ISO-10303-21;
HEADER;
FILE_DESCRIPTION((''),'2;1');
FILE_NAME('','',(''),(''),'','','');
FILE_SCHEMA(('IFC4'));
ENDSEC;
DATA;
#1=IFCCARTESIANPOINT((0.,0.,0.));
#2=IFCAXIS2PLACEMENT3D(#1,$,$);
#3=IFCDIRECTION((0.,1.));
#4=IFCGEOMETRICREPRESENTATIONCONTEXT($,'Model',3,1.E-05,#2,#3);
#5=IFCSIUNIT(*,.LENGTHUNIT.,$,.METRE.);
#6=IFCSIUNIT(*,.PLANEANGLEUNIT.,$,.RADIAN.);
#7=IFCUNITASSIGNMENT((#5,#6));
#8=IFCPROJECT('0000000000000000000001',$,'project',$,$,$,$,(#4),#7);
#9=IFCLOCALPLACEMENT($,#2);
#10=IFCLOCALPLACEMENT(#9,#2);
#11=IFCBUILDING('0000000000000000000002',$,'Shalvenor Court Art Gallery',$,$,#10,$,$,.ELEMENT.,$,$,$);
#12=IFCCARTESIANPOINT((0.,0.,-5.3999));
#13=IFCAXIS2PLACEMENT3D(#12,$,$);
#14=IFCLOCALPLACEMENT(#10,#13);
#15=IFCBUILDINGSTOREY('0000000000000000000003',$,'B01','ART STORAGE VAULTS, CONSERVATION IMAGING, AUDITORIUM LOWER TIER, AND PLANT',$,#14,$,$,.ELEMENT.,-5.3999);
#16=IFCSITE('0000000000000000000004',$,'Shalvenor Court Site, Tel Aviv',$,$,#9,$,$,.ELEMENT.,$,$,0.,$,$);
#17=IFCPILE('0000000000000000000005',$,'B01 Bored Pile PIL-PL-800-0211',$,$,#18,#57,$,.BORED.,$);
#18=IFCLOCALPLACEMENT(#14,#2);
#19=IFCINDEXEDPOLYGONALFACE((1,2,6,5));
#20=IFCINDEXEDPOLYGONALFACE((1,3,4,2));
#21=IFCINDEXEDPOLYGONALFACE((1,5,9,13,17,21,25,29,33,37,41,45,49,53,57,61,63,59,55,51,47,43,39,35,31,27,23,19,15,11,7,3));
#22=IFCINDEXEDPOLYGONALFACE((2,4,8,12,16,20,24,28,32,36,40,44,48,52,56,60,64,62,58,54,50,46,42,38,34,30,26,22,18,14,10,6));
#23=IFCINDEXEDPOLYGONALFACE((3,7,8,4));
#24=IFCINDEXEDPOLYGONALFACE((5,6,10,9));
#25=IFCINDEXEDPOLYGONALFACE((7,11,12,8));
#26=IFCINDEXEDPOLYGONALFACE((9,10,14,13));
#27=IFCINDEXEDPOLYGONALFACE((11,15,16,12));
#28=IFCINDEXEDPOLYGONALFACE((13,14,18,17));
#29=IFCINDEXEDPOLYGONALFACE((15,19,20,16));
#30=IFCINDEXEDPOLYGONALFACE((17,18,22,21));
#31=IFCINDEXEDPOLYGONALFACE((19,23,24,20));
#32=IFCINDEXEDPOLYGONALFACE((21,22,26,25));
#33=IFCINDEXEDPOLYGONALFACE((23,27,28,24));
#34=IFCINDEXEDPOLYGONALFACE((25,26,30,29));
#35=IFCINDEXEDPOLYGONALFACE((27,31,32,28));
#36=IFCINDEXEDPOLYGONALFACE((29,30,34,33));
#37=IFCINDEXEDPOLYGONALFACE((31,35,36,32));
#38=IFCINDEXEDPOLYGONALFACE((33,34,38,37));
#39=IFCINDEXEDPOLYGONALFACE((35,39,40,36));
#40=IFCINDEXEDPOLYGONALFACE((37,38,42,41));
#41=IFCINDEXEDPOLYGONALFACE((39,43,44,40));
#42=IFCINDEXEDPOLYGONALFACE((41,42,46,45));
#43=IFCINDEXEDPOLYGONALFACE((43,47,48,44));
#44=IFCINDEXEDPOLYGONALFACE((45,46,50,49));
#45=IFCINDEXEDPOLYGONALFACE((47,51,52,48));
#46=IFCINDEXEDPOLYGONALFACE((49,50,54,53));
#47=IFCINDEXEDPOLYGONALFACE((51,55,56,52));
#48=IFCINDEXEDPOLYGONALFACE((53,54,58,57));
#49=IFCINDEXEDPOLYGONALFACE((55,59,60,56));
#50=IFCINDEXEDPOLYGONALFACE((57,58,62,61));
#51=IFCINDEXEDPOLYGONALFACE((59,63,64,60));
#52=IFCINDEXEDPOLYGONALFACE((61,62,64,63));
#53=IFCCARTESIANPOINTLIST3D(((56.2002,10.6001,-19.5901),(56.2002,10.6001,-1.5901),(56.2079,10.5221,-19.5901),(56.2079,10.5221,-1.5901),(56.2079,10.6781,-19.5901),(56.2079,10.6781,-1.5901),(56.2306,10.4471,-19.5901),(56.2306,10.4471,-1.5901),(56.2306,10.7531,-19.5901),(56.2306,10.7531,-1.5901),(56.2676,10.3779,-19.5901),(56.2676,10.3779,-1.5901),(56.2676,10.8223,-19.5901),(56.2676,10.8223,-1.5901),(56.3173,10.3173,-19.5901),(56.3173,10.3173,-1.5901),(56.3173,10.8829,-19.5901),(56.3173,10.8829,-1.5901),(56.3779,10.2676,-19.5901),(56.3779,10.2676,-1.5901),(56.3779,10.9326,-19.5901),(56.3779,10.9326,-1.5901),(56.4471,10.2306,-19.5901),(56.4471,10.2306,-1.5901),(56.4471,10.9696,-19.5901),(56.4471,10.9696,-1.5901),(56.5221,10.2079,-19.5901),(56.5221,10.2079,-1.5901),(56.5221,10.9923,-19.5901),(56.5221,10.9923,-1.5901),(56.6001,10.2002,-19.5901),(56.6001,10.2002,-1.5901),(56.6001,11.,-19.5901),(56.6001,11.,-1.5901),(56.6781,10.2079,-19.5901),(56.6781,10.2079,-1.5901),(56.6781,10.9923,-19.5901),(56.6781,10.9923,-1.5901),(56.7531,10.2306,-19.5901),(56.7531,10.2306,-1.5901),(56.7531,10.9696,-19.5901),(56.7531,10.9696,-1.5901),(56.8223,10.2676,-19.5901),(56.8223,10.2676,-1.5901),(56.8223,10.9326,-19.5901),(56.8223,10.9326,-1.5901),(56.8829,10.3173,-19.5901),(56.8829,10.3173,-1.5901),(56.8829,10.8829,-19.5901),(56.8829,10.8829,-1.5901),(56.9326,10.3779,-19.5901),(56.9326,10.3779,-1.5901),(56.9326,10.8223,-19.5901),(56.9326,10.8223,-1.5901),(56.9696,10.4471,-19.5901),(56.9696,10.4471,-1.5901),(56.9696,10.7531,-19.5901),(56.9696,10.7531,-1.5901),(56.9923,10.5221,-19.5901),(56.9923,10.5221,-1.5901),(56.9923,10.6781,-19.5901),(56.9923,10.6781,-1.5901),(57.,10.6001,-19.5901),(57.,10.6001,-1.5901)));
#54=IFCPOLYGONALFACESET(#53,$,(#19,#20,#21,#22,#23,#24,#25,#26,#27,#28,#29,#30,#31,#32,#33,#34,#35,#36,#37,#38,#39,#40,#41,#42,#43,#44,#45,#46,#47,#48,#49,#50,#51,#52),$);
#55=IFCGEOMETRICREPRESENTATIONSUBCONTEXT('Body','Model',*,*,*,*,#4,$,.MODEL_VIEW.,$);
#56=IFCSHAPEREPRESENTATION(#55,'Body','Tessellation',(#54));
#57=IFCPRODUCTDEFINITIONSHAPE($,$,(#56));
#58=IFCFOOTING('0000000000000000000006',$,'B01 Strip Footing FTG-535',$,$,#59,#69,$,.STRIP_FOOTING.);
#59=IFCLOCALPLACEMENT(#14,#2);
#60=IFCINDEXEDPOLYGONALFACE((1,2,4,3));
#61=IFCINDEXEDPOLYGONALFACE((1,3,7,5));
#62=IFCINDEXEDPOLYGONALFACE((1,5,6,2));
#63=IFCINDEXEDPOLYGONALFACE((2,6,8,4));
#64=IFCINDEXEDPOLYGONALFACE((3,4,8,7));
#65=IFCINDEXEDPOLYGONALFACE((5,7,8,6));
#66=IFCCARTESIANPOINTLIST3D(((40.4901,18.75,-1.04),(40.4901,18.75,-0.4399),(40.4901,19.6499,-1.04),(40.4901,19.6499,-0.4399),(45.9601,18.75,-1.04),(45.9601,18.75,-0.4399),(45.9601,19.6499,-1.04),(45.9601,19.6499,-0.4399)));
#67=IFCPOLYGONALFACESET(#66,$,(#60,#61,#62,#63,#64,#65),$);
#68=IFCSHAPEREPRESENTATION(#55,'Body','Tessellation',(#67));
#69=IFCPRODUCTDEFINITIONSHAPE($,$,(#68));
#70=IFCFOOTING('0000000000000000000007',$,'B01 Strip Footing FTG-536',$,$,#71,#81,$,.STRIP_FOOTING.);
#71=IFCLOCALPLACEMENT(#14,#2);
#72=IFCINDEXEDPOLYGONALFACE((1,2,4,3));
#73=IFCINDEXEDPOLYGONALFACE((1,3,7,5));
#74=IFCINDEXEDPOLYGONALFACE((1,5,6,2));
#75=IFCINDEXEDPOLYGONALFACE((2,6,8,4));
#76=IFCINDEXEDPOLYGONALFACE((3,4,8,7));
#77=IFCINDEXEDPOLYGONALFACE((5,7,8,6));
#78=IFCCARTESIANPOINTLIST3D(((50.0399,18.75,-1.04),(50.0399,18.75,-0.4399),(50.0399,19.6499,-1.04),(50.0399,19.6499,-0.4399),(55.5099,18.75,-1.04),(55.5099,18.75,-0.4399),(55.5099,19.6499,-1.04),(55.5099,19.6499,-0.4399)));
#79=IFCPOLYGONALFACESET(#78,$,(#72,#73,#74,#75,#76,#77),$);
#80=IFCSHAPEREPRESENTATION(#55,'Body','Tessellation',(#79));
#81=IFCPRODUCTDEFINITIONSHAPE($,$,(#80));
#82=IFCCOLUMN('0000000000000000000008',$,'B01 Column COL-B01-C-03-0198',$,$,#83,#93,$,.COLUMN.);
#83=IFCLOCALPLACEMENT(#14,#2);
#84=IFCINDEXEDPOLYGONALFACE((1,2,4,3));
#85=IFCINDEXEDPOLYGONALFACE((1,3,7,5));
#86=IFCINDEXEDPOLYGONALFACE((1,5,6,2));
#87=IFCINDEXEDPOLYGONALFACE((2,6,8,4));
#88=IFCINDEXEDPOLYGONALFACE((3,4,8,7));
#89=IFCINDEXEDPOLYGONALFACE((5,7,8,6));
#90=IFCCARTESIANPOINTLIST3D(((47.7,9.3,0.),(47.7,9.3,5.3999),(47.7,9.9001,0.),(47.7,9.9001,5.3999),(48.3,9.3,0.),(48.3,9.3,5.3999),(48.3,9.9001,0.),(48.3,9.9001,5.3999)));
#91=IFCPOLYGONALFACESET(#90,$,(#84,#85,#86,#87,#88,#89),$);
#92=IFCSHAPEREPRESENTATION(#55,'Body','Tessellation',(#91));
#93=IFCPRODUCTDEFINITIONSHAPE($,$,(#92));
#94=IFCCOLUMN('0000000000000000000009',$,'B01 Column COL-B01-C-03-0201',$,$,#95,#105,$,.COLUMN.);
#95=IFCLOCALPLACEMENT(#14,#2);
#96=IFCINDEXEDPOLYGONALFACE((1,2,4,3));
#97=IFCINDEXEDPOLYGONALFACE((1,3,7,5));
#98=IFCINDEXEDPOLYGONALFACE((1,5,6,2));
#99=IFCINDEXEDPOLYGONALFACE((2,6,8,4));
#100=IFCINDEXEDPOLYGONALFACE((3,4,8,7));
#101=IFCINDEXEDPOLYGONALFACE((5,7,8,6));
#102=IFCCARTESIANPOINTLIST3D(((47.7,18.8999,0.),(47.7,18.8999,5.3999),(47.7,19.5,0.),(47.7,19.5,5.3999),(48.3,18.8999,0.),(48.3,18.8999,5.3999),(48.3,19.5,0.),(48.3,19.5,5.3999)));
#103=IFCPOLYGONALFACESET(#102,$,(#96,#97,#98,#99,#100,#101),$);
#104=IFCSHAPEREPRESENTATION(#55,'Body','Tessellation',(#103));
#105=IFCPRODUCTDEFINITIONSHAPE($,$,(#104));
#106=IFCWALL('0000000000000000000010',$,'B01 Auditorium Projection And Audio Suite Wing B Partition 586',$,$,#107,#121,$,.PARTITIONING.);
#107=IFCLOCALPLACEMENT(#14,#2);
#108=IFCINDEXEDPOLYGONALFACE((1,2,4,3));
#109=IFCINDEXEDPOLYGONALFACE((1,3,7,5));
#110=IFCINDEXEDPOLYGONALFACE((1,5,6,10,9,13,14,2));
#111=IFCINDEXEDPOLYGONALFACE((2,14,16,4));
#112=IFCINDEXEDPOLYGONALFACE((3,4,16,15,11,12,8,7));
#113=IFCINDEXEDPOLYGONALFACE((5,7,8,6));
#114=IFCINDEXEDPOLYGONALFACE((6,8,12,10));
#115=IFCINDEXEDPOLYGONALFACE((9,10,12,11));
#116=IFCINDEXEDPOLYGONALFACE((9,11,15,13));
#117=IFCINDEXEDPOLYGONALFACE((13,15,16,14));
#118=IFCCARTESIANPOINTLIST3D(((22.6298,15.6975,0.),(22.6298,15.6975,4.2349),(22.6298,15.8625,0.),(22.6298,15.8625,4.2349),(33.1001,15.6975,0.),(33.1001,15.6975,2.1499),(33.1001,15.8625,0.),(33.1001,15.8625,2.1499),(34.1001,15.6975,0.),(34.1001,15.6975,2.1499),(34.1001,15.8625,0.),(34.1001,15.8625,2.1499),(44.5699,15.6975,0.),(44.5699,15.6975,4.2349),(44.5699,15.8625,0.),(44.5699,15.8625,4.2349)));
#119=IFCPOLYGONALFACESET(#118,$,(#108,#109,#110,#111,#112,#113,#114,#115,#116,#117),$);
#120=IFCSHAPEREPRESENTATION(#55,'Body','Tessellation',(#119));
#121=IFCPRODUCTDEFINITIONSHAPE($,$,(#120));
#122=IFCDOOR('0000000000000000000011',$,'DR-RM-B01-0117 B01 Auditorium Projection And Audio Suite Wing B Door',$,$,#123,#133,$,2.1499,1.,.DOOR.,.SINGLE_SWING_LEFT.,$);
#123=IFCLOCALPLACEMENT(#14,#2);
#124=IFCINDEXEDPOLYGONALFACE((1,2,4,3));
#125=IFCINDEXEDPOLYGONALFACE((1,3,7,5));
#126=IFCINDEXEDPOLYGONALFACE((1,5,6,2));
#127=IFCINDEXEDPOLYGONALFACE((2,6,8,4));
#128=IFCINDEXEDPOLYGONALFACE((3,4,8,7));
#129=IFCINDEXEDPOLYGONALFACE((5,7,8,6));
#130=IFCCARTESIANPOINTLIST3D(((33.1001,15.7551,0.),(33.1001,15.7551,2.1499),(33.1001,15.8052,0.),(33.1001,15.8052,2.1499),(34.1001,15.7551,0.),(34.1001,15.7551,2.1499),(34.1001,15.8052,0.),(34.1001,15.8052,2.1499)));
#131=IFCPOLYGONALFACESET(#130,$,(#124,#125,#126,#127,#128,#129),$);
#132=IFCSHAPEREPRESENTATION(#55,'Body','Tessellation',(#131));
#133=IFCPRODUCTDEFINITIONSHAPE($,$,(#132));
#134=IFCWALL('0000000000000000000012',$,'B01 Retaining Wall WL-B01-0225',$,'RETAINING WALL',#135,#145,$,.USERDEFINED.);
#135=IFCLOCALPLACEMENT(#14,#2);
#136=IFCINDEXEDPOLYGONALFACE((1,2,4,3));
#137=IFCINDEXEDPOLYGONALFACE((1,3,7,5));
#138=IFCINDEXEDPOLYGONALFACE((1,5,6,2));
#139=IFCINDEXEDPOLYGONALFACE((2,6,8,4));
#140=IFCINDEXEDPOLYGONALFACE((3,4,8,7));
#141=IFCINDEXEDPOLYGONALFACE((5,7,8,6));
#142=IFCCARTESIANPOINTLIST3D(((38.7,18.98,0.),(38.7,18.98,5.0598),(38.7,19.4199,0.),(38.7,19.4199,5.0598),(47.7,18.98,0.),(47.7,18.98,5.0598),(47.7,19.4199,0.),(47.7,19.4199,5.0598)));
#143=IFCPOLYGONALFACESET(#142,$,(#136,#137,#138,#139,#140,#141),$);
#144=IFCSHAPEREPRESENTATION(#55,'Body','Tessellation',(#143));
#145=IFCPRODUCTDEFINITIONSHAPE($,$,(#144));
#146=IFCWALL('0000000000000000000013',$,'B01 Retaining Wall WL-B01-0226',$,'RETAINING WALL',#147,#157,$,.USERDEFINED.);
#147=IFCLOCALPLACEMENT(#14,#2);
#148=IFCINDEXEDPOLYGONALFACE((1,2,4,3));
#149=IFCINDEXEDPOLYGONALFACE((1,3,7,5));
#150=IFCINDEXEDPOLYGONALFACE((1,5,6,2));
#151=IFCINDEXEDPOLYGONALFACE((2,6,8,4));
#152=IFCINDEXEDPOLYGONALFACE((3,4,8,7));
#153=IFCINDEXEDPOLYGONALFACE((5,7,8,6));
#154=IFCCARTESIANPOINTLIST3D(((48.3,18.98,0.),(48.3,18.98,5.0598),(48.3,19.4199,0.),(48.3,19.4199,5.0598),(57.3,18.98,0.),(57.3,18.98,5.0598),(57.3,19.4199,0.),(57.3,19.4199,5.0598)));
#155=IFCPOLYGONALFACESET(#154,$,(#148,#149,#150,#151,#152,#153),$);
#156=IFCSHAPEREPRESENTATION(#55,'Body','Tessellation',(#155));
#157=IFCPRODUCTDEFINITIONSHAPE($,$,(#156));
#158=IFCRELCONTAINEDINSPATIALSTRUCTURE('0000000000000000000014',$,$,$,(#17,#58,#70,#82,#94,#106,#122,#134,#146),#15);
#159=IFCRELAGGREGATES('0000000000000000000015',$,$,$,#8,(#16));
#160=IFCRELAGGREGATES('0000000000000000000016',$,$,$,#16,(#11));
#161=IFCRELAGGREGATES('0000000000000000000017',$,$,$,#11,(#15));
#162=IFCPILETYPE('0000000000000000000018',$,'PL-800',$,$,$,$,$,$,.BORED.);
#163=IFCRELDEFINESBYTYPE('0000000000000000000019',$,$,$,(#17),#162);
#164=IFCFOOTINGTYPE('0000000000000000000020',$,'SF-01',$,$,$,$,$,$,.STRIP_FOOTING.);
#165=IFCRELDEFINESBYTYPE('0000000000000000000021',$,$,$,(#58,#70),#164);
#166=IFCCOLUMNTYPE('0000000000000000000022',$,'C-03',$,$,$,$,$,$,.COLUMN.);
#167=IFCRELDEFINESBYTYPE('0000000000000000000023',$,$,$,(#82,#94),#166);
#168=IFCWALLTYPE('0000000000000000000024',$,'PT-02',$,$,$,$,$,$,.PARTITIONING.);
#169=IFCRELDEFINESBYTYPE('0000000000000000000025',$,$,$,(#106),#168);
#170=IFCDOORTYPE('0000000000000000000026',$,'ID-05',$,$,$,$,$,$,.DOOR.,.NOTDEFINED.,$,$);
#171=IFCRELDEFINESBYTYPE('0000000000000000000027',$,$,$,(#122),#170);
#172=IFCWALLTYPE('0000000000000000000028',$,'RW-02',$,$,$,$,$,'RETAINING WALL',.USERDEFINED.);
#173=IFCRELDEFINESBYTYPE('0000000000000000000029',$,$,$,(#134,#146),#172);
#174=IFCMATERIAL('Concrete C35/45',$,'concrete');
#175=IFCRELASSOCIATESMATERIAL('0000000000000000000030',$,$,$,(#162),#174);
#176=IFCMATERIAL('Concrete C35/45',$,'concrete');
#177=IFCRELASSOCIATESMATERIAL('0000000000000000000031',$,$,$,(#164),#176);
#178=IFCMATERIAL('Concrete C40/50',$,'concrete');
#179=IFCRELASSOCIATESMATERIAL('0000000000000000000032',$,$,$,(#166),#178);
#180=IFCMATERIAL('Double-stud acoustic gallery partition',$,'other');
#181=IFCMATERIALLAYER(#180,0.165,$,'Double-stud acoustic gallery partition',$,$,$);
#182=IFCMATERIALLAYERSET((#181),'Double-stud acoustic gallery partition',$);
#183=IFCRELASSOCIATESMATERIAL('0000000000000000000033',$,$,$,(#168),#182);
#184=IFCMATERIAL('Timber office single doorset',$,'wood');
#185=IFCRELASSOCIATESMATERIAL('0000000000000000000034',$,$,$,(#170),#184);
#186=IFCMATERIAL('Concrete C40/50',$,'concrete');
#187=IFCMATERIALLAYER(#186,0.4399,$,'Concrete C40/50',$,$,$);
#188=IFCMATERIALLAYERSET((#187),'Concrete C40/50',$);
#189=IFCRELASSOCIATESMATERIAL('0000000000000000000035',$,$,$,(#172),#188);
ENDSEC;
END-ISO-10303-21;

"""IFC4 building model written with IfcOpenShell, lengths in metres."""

from ifc_helpers import new_model, si_unit, direction, frame, frame_2d, origin, origin_2d, place, context, subcontext, project, spatial, rectangle, circle, extrude, material, layer, layer_set, material_profile, profile_set, type_object, element, fill, save


model = new_model("IFC4")

# Units and contexts
model_context = context("Model", 3, precision=1e-05, world=origin(), true_north=direction((0.0, 1.0)))
body_context = subcontext(model_context, "Body", "Model", "MODEL_VIEW")
ifc_project = project(units=[si_unit("LENGTHUNIT", "METRE"), si_unit("PLANEANGLEUNIT", "RADIAN")], contexts=[model_context])

# Site, building, storey
site_placement = place(None, origin())
site = spatial("IfcSite", under=ifc_project, at=site_placement, Name="Shalvenor Court Site, Tel Aviv", CompositionType="ELEMENT", RefElevation=0.0)
building_placement = place(site_placement, origin())
building = spatial("IfcBuilding", under=site, at=building_placement, Name="Shalvenor Court Art Gallery", CompositionType="ELEMENT")
storey_placement = place(building_placement, frame((0.0, 0.0, -5.3999)))
storey = spatial("IfcBuildingStorey", under=building, at=storey_placement, Name="B01", Description="ART STORAGE VAULTS, CONSERVATION IMAGING, AUDITORIUM LOWER TIER, AND PLANT", CompositionType="ELEMENT", Elevation=-5.3999)

# Pile
ifc_material_1 = material(Name="Concrete C35/45", Category="concrete")
ifc_material_profile_1 = material_profile(ifc_material_1, circle(Radius=0.3999, at=origin_2d()), Name="PILE 800")
ifc_profile_set_1 = profile_set([ifc_material_profile_1], Name="Concrete C35/45")
pile_type_1 = type_object("IfcPileType", Name="PL-800", PredefinedType="BORED", material=ifc_profile_set_1)
for number, where, z_axis, x_axis, name in (
    (1, (56.6001, 10.6001, -1.5901), (0.0, 0.0, -1.0), (1.0, 0.0, 0.0), "B01 Bored Pile PIL-PL-800-0211"),
):
    element("IfcPile", number, at=place(storey_placement, frame(where, z_axis=z_axis, x_axis=x_axis)), inside=storey, type_object=pile_type_1, Name=name, PredefinedType="BORED", context=body_context, shape_type="SweptSolid", body=[
        extrude(circle(Radius=0.3999, at=origin_2d()), origin(), (0.0, 0.0, 1.0), 18.0),
    ])

# Footings
ifc_material_2 = material(Name="Concrete C35/45", Category="concrete")
footing_type_1 = type_object("IfcFootingType", Name="SF-01", PredefinedType="STRIP_FOOTING", material=ifc_material_2)
for number, where, z_axis, x_axis, name in (
    (2, (43.2251, 19.2, -1.04), (0.0, 0.0, 1.0), (1.0, 0.0, 0.0), "B01 Strip Footing FTG-535"),
    (3, (52.7749, 19.2, -1.04), (0.0, 0.0, 1.0), (1.0, 0.0, 0.0), "B01 Strip Footing FTG-536"),
):
    element("IfcFooting", number, at=place(storey_placement, frame(where, z_axis=z_axis, x_axis=x_axis)), inside=storey, type_object=footing_type_1, Name=name, PredefinedType="STRIP_FOOTING", context=body_context, shape_type="SweptSolid", body=[
        extrude(rectangle(XDim=5.47, YDim=0.8999, at=origin_2d()), origin(), (0.0, 0.0, 1.0), 0.6001),
    ])

# Columns
ifc_material_3 = material(Name="Concrete C40/50", Category="concrete")
ifc_material_profile_2 = material_profile(ifc_material_3, rectangle(XDim=0.6001, YDim=0.6001, at=origin_2d()), Name="RC 600x600")
ifc_profile_set_2 = profile_set([ifc_material_profile_2], Name="Concrete C40/50")
column_type = type_object("IfcColumnType", Name="C-03", PredefinedType="COLUMN", material=ifc_profile_set_2)
for number, where, z_axis, x_axis, name in (
    (4, (48.0, 9.6001, 0.0), (0.0, 0.0, 1.0), (1.0, 0.0, 0.0), "B01 Column COL-B01-C-03-0198"),
    (5, (48.0, 19.2, 0.0), (0.0, 0.0, 1.0), (1.0, 0.0, 0.0), "B01 Column COL-B01-C-03-0201"),
):
    element("IfcColumn", number, at=place(storey_placement, frame(where, z_axis=z_axis, x_axis=x_axis)), inside=storey, type_object=column_type, Name=name, PredefinedType="COLUMN", context=body_context, shape_type="SweptSolid", body=[
        extrude(rectangle(XDim=0.6001, YDim=0.6001, at=origin_2d()), origin(), (0.0, 0.0, 1.0), 5.3999),
    ])

# Wall, opening, door
ifc_material_4 = material(Name="Double-stud acoustic gallery partition", Category="other")
ifc_layer_1 = layer(ifc_material_4, 0.165, Name="Double-stud acoustic gallery partition")
ifc_layer_set_1 = layer_set([ifc_layer_1], Name="Double-stud acoustic gallery partition")
wall_type_1 = type_object("IfcWallType", Name="PT-02", PredefinedType="PARTITIONING", material=ifc_layer_set_1)
wall_placement = place(storey_placement, frame((44.5701, 15.78, 0.0), z_axis=(0.0, 0.0, 1.0), x_axis=(-1.0, 0.0, 0.0)))
wall = element("IfcWall", 6, at=wall_placement, inside=storey, type_object=wall_type_1, Name="B01 Auditorium Projection And Audio Suite Wing B Partition 586", PredefinedType="PARTITIONING", context=body_context, shape_type="SweptSolid", body=[
    extrude(rectangle(XDim=21.9402, YDim=0.165, at=frame_2d((10.9702, 0.0))), origin(), (0.0, 0.0, 1.0), 4.2349),
])
opening_placement = place(wall_placement, frame((10.47, 0.0, 0.0)))
opening = element("IfcOpeningElement", 7, at=opening_placement, cuts=wall, PredefinedType="OPENING", context=body_context, shape_type="SweptSolid", body=[
    extrude(rectangle(XDim=1.0, YDim=2.1499, at=frame_2d((0.5, 1.075))), frame((0.0, 0.0925, 0.0), z_axis=(0.0, -1.0, 0.0), x_axis=(1.0, 0.0, 0.0)), (0.0, 0.0, 1.0), 0.1851),
])
ifc_material_5 = material(Name="Timber office single doorset", Category="wood")
door_type = type_object("IfcDoorType", Name="ID-05", OperationType="NOTDEFINED", PredefinedType="DOOR", material=ifc_material_5)
door_placement = place(opening_placement, origin())
door = element("IfcDoor", 8, at=door_placement, inside=storey, type_object=door_type, Name="DR-RM-B01-0117 B01 Auditorium Projection And Audio Suite Wing B Door", OperationType="SINGLE_SWING_LEFT", OverallHeight=2.1499, OverallWidth=1.0, PredefinedType="DOOR", context=body_context, shape_type="SweptSolid", body=[
    extrude(rectangle(XDim=1.0, YDim=2.1499, at=frame_2d((0.5, 1.075))), frame((0.0, 0.0249, 0.0), z_axis=(0.0, -1.0, 0.0), x_axis=(1.0, 0.0, 0.0)), (0.0, 0.0, 1.0), 0.05),
])
fill(opening, door)

# Walls
ifc_material_6 = material(Name="Concrete C40/50", Category="concrete")
ifc_layer_2 = layer(ifc_material_6, 0.4399, Name="Concrete C40/50")
ifc_layer_set_2 = layer_set([ifc_layer_2], Name="Concrete C40/50")
wall_type_2 = type_object("IfcWallType", Name="RW-02", ElementType="RETAINING WALL", PredefinedType="USERDEFINED", material=ifc_layer_set_2)
for number, where, z_axis, x_axis, name in (
    (9, (38.7, 19.2, 0.0), (0.0, 0.0, 1.0), (1.0, 0.0, 0.0), "B01 Retaining Wall WL-B01-0225"),
    (10, (48.3, 19.2, 0.0), (0.0, 0.0, 1.0), (1.0, 0.0, 0.0), "B01 Retaining Wall WL-B01-0226"),
):
    element("IfcWall", number, at=place(storey_placement, frame(where, z_axis=z_axis, x_axis=x_axis)), inside=storey, type_object=wall_type_2, Name=name, ObjectType="RETAINING WALL", PredefinedType="USERDEFINED", context=body_context, shape_type="SweptSolid", body=[
        extrude(rectangle(XDim=9.0, YDim=0.4399, at=frame_2d((4.5, 0.0))), origin(), (0.0, 0.0, 1.0), 5.0598),
    ])

save(model, "model.ifc")
